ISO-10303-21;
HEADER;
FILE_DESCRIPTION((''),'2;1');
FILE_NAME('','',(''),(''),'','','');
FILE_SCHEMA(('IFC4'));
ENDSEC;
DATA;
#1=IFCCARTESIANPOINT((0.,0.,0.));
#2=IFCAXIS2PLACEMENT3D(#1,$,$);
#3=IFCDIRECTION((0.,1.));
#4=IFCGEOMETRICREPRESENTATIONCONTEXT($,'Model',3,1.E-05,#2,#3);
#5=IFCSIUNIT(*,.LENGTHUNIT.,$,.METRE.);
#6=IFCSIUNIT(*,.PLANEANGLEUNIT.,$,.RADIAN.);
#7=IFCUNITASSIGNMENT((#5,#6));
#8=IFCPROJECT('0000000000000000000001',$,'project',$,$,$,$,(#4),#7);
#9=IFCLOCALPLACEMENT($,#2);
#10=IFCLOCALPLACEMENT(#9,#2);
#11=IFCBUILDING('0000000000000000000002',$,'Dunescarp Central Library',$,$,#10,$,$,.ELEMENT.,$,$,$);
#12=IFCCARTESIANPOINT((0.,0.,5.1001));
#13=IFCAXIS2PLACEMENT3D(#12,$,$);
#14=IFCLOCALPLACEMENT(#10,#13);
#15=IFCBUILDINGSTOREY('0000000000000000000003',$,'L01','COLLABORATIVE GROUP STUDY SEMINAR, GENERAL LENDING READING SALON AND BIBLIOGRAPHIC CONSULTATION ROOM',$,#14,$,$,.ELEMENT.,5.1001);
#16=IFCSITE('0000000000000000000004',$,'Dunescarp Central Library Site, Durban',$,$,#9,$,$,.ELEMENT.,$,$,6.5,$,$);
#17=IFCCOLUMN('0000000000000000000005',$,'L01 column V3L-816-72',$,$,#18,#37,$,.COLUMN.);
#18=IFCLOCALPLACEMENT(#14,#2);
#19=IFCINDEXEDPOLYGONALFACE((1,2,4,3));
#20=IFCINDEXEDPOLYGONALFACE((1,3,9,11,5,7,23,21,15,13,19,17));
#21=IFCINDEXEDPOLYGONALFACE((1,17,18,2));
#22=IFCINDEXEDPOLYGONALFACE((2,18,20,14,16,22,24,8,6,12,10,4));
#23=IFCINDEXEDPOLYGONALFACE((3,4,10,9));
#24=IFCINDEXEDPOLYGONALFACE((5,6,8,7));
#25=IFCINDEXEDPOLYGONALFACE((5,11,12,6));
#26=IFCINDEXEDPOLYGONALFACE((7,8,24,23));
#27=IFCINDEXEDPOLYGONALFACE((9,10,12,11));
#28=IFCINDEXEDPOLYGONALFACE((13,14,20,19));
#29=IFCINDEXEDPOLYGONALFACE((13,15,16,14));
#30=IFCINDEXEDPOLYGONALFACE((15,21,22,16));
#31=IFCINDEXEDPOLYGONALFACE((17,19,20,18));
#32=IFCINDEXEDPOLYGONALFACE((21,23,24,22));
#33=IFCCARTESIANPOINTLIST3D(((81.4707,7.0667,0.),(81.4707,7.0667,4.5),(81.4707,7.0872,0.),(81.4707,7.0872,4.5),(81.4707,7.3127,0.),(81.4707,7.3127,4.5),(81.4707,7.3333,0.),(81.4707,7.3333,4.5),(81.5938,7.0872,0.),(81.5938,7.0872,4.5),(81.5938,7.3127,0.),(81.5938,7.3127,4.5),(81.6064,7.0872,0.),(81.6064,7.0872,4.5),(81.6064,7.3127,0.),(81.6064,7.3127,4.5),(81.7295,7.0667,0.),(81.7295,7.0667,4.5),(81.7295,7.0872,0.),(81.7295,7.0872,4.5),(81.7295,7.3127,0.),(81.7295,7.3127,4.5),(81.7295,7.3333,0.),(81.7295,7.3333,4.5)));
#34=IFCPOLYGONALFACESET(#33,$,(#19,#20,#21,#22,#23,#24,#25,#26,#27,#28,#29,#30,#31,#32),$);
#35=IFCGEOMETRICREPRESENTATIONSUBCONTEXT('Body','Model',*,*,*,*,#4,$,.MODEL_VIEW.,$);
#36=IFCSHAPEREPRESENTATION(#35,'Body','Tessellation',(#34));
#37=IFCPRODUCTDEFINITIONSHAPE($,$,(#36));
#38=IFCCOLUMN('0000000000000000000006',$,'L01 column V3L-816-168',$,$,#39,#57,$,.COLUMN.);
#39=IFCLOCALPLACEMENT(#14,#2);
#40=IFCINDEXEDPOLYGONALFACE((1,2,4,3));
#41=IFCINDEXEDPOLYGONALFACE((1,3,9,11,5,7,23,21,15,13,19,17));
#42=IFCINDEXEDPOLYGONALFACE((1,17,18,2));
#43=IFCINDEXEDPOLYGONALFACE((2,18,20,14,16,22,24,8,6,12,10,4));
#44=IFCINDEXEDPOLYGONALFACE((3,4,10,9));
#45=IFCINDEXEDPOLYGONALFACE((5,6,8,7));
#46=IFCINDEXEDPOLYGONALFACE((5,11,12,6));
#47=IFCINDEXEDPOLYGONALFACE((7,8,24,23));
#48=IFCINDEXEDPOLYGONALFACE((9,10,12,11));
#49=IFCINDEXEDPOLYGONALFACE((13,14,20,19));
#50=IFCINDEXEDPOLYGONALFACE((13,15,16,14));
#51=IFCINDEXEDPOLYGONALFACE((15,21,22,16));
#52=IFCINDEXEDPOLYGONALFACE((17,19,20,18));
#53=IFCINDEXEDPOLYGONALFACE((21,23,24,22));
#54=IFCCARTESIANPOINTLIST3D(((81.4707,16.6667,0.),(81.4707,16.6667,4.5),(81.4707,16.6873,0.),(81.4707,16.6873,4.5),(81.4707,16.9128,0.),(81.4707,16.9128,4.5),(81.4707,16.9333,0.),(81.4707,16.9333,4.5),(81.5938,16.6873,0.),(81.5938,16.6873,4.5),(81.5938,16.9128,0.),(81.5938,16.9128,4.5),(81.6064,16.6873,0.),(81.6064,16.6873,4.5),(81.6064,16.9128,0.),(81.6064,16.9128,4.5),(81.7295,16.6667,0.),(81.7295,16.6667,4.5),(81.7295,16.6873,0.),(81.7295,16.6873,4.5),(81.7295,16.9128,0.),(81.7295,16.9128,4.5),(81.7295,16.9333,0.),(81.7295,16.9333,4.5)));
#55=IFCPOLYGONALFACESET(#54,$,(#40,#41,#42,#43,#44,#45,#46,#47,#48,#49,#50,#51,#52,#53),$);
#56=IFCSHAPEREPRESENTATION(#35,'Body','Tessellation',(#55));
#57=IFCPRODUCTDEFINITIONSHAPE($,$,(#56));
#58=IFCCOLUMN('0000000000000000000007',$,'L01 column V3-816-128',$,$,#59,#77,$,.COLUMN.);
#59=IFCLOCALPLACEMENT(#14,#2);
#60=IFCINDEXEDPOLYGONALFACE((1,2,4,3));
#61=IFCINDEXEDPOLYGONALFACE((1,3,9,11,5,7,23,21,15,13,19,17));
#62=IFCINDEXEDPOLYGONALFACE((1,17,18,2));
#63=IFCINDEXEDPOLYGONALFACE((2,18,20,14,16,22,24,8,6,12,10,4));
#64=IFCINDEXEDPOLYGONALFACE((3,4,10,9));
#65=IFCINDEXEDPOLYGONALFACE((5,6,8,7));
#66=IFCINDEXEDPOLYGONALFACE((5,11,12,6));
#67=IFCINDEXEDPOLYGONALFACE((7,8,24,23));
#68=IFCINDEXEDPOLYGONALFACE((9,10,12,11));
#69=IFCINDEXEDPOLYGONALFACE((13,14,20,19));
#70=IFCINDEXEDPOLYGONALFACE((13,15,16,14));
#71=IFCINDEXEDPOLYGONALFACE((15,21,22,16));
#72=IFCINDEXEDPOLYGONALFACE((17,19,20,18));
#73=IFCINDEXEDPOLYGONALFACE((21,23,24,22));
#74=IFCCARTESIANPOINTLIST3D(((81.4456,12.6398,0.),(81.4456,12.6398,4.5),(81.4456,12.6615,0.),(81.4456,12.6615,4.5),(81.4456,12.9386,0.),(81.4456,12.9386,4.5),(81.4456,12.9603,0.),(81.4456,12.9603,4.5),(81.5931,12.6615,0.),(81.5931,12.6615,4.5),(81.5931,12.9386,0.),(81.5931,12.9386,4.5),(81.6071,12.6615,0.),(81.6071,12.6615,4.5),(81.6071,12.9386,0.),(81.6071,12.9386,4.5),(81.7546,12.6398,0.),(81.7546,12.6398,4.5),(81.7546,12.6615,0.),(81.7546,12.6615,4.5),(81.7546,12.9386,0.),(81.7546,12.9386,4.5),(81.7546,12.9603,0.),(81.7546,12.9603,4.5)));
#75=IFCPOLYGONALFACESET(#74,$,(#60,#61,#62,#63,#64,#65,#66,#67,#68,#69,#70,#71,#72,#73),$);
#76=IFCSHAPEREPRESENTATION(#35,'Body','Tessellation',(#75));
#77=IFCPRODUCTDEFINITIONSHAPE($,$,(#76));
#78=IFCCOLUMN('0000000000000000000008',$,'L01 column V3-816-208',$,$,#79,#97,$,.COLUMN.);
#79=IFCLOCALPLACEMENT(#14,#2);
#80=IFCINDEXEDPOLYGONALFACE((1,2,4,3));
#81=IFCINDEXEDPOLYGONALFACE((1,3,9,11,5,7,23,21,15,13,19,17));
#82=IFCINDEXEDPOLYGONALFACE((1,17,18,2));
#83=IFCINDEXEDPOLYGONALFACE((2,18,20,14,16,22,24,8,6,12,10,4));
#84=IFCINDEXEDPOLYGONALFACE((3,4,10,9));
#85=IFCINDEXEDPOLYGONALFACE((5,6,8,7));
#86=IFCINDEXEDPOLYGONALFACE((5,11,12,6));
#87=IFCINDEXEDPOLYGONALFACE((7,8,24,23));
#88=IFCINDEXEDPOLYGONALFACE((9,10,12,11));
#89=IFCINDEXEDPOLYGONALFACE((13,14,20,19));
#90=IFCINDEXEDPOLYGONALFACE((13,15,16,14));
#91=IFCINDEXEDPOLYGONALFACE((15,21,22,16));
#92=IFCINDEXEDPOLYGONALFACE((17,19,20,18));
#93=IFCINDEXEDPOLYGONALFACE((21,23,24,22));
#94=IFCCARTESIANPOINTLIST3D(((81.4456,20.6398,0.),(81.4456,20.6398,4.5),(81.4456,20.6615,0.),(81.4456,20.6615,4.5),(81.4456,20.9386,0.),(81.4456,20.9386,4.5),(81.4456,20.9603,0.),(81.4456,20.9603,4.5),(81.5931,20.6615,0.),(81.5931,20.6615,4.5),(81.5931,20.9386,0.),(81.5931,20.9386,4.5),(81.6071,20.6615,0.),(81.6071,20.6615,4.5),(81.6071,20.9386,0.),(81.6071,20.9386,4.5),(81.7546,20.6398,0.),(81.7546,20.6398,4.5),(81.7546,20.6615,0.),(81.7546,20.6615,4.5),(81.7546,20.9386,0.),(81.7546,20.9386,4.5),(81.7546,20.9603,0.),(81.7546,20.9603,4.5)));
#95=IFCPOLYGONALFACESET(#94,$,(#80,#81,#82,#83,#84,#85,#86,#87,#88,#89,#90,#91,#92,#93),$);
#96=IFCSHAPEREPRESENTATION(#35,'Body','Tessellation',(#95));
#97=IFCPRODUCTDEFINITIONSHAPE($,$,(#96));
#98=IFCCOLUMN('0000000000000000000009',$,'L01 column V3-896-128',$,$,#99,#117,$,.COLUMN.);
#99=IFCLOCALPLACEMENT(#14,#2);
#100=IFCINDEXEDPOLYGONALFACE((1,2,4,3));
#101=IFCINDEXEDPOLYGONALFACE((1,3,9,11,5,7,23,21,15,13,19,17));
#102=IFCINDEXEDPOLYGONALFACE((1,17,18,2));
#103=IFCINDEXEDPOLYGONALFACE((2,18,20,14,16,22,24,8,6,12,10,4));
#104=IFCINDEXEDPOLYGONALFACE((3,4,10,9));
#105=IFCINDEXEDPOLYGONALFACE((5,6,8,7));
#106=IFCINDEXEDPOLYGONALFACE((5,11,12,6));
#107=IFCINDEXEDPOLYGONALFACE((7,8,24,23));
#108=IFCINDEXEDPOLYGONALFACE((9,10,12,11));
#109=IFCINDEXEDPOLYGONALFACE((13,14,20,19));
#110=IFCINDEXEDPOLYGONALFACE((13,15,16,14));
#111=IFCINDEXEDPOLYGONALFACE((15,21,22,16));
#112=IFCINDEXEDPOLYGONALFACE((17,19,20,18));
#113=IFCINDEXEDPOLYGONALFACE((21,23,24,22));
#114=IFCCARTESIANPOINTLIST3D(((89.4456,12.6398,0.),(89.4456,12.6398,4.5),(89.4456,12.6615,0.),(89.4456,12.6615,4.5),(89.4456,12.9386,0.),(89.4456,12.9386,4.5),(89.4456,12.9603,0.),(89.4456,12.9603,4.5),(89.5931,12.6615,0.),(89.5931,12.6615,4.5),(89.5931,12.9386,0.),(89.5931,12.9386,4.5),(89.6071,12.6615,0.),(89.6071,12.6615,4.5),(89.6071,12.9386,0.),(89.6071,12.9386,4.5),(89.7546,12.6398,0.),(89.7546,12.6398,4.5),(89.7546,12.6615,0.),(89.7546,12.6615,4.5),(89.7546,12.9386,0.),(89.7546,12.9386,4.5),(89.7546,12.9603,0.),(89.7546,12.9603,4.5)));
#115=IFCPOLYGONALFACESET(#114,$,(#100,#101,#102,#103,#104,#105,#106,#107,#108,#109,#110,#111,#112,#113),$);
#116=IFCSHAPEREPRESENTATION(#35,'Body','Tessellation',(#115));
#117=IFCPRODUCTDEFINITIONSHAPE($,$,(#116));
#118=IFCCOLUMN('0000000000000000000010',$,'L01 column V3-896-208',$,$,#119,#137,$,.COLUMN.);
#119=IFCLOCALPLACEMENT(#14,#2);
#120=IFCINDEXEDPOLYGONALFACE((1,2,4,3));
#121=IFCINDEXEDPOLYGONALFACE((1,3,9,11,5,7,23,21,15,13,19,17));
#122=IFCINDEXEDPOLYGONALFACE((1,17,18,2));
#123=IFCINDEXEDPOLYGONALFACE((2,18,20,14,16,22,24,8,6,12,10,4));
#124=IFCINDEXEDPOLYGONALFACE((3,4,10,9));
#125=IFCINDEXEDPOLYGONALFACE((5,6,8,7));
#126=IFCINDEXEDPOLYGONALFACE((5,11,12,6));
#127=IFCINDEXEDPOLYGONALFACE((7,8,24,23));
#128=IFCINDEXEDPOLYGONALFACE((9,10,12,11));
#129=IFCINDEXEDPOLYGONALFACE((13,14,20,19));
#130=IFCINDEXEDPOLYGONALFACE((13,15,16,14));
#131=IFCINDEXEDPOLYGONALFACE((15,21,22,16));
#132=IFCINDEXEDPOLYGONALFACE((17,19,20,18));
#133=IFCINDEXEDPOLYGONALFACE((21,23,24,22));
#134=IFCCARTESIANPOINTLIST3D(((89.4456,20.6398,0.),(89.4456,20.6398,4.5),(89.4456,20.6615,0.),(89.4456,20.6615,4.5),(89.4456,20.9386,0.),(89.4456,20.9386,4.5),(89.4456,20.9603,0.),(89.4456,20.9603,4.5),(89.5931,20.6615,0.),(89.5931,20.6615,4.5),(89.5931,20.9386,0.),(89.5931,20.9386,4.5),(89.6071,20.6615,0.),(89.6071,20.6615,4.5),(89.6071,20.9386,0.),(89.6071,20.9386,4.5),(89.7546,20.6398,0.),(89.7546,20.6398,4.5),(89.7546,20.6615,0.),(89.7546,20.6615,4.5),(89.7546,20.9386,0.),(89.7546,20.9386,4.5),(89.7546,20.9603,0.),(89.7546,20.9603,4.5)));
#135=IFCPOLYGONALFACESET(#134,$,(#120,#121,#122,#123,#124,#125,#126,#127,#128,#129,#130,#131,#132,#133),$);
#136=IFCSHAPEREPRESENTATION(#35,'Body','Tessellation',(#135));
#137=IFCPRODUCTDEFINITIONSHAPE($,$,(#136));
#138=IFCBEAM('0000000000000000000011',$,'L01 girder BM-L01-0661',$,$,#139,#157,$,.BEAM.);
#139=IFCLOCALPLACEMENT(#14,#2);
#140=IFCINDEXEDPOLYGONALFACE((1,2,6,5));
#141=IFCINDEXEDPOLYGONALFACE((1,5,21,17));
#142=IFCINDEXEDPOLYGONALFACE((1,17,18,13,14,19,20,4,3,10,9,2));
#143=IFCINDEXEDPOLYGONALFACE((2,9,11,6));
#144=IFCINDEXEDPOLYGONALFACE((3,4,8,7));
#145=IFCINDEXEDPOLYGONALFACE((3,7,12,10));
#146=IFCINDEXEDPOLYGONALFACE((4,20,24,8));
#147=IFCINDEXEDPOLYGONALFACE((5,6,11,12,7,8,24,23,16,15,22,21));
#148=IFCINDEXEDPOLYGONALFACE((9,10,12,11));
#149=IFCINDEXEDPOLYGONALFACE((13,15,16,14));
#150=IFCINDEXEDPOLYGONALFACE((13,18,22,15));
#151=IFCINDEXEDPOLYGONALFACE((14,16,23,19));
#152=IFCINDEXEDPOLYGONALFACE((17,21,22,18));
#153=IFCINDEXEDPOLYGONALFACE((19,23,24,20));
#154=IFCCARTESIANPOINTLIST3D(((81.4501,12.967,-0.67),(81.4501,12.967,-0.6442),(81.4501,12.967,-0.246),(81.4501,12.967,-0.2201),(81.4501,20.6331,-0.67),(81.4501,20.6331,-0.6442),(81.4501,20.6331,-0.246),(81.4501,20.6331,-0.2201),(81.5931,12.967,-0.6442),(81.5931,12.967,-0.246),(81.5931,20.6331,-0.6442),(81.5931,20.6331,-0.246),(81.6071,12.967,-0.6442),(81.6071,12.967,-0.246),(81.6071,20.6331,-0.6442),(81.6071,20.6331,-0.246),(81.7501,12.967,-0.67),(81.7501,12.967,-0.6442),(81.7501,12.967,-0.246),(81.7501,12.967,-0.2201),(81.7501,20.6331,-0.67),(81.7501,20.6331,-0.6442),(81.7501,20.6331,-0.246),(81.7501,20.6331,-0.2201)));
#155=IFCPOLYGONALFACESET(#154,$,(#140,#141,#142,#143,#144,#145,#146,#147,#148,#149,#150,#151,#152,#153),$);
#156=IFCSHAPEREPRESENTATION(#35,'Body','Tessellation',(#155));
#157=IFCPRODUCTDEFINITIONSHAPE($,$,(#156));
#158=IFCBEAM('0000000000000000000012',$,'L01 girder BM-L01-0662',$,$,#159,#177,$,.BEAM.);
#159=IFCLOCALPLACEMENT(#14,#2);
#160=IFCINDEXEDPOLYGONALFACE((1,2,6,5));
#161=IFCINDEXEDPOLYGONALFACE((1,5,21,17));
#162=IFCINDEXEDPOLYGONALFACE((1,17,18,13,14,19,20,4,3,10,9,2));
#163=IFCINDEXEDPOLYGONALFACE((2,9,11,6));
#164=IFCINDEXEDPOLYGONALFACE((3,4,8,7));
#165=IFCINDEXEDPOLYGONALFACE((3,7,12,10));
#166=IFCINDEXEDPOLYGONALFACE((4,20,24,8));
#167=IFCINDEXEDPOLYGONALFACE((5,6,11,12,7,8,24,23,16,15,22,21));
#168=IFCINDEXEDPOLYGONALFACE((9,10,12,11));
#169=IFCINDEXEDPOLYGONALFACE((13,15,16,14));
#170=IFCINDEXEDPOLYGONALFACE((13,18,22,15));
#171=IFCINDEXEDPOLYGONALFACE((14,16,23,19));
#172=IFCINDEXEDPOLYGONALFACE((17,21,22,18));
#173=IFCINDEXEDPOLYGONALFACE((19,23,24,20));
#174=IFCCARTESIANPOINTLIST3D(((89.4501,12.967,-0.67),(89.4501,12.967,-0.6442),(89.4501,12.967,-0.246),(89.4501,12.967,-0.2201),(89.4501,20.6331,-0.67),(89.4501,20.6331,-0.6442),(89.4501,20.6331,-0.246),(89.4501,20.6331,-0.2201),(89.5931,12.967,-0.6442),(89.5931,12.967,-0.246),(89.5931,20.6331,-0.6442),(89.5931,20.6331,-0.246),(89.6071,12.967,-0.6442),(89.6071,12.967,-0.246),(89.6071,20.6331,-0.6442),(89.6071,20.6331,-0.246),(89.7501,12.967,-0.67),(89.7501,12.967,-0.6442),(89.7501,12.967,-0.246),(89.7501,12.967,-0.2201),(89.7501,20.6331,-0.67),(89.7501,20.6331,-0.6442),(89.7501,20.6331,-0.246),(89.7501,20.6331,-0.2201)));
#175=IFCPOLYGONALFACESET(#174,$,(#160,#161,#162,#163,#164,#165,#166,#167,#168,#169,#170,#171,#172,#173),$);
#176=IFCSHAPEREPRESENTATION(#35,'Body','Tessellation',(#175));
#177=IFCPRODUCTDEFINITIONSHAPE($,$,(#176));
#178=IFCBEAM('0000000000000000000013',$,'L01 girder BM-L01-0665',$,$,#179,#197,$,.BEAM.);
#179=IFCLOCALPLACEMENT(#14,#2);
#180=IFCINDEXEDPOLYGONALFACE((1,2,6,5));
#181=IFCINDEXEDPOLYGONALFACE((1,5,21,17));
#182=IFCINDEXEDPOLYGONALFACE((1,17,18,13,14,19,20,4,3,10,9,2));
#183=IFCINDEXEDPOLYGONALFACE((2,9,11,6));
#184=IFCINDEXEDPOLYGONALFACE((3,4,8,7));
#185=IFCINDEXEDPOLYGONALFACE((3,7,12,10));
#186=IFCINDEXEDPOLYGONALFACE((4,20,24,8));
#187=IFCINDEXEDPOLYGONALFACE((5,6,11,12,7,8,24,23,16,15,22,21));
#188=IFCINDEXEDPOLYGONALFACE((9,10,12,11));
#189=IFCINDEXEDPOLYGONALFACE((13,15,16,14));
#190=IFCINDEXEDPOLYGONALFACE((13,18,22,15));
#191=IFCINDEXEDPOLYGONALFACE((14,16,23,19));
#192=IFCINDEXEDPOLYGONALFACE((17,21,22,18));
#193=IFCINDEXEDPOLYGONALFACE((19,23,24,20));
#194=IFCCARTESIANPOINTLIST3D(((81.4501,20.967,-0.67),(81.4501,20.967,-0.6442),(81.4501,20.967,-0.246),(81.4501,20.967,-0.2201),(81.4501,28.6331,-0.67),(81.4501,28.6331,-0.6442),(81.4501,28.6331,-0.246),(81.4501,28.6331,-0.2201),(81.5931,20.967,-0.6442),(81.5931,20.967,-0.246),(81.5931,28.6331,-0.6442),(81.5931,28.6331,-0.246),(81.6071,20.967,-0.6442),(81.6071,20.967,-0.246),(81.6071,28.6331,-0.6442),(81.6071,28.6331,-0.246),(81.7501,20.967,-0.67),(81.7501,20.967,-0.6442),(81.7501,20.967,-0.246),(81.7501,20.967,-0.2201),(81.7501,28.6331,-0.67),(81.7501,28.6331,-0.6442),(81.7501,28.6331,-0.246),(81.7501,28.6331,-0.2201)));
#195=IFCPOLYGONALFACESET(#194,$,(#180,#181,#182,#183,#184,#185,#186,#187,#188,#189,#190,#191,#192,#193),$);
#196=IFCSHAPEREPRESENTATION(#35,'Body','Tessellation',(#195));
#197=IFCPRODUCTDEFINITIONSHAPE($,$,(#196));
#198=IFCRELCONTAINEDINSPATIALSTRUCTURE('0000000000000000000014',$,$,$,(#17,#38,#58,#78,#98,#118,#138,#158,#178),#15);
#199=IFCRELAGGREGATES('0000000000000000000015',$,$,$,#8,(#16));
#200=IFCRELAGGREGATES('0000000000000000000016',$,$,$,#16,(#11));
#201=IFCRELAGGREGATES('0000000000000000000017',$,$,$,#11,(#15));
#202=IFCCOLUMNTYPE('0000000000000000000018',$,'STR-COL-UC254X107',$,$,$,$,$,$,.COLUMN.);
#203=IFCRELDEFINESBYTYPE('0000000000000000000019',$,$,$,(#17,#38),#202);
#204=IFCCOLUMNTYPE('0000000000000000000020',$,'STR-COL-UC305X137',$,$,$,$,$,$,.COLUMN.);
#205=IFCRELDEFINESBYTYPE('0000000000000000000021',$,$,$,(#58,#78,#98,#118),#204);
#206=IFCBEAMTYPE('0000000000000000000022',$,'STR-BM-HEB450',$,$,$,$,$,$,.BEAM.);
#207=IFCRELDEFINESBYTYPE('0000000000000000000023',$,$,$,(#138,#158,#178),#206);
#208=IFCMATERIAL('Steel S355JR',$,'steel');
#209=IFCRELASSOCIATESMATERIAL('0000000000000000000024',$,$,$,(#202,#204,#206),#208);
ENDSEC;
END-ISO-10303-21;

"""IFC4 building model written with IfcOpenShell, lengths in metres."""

from ifc_helpers import new_model, si_unit, direction, frame, origin, origin_2d, place, context, subcontext, project, spatial, i_section, extrude, material, material_profile, profile_set, type_object, element, save


model = new_model("IFC4")

# Units and contexts
model_context = context("Model", 3, precision=1e-05, world=origin(), true_north=direction((0.0, 1.0)))
body_context = subcontext(model_context, "Body", "Model", "MODEL_VIEW")
ifc_project = project(units=[si_unit("LENGTHUNIT", "METRE"), si_unit("PLANEANGLEUNIT", "RADIAN")], contexts=[model_context])

# Site, building, storey
site_placement = place(None, origin())
site = spatial("IfcSite", under=ifc_project, at=site_placement, Name="Dunescarp Central Library Site, Durban", CompositionType="ELEMENT", RefElevation=6.5)
building_placement = place(site_placement, origin())
building = spatial("IfcBuilding", under=site, at=building_placement, Name="Dunescarp Central Library", CompositionType="ELEMENT")
storey_placement = place(building_placement, frame((0.0, 0.0, 5.1001)))
storey = spatial("IfcBuildingStorey", under=building, at=storey_placement, Name="L01", Description="COLLABORATIVE GROUP STUDY SEMINAR, GENERAL LENDING READING SALON AND BIBLIOGRAPHIC CONSULTATION ROOM", CompositionType="ELEMENT", Elevation=5.1001)

# Columns
ifc_material_1 = material(Name="Steel S355JR", Category="steel")
ifc_material_profile_1 = material_profile(ifc_material_1, i_section(OverallWidth=0.2588, OverallDepth=0.2666, WebThickness=0.0127, FlangeThickness=0.0205, at=origin_2d()), Name="UC 254x254x107")
ifc_profile_set_1 = profile_set([ifc_material_profile_1], Name="Steel S355JR")
column_type_1 = type_object("IfcColumnType", Name="STR-COL-UC254X107", PredefinedType="COLUMN", material=ifc_profile_set_1)
for number, where, z_axis, x_axis, name in (
    (1, (81.6001, 7.2, 0.0), (0.0, 0.0, 1.0), (1.0, 0.0, 0.0), "L01 column V3L-816-72"),
    (2, (81.6001, 16.8, 0.0), (0.0, 0.0, 1.0), (1.0, 0.0, 0.0), "L01 column V3L-816-168"),
):
    element("IfcColumn", number, at=place(storey_placement, frame(where, z_axis=z_axis, x_axis=x_axis)), inside=storey, type_object=column_type_1, Name=name, PredefinedType="COLUMN", context=body_context, shape_type="SweptSolid", body=[
        extrude(i_section(OverallWidth=0.2588, OverallDepth=0.2666, WebThickness=0.0127, FlangeThickness=0.0205, at=origin_2d()), origin(), (0.0, 0.0, 1.0), 4.5),
    ])
ifc_material_profile_2 = material_profile(ifc_material_1, i_section(OverallWidth=0.3091, OverallDepth=0.3206, WebThickness=0.0139, FlangeThickness=0.0217, at=origin_2d()), Name="UC 305x305x137")
ifc_profile_set_2 = profile_set([ifc_material_profile_2], Name="Steel S355JR")
column_type_2 = type_object("IfcColumnType", Name="STR-COL-UC305X137", PredefinedType="COLUMN", material=ifc_profile_set_2)
for number, where, z_axis, x_axis, name in (
    (3, (81.6001, 12.8, 0.0), (0.0, 0.0, 1.0), (1.0, 0.0, 0.0), "L01 column V3-816-128"),
    (4, (81.6001, 20.8, 0.0), (0.0, 0.0, 1.0), (1.0, 0.0, 0.0), "L01 column V3-816-208"),
    (5, (89.6001, 12.8, 0.0), (0.0, 0.0, 1.0), (1.0, 0.0, 0.0), "L01 column V3-896-128"),
    (6, (89.6001, 20.8, 0.0), (0.0, 0.0, 1.0), (1.0, 0.0, 0.0), "L01 column V3-896-208"),
):
    element("IfcColumn", number, at=place(storey_placement, frame(where, z_axis=z_axis, x_axis=x_axis)), inside=storey, type_object=column_type_2, Name=name, PredefinedType="COLUMN", context=body_context, shape_type="SweptSolid", body=[
        extrude(i_section(OverallWidth=0.3091, OverallDepth=0.3206, WebThickness=0.0139, FlangeThickness=0.0217, at=origin_2d()), origin(), (0.0, 0.0, 1.0), 4.5),
    ])

# Beams
ifc_material_profile_3 = material_profile(ifc_material_1, i_section(OverallWidth=0.3, OverallDepth=0.45, WebThickness=0.0139, FlangeThickness=0.0259, at=origin_2d()), Name="HEB 450")
ifc_profile_set_3 = profile_set([ifc_material_profile_3], Name="Steel S355JR")
beam_type_1 = type_object("IfcBeamType", Name="STR-BM-HEB450", PredefinedType="BEAM", material=ifc_profile_set_3)
for number, where, z_axis, x_axis, name in (
    (7, (81.6001, 12.967, -0.4451), (0.0, 1.0, 0.0), (-1.0, 0.0, 0.0), "L01 girder BM-L01-0661"),
    (8, (89.6001, 12.967, -0.4451), (0.0, 1.0, 0.0), (-1.0, 0.0, 0.0), "L01 girder BM-L01-0662"),
    (9, (81.6001, 20.967, -0.4451), (0.0, 1.0, 0.0), (-1.0, 0.0, 0.0), "L01 girder BM-L01-0665"),
):
    element("IfcBeam", number, at=place(storey_placement, frame(where, z_axis=z_axis, x_axis=x_axis)), inside=storey, type_object=beam_type_1, Name=name, PredefinedType="BEAM", context=body_context, shape_type="SweptSolid", body=[
        extrude(i_section(OverallWidth=0.3, OverallDepth=0.45, WebThickness=0.0139, FlangeThickness=0.0259, at=origin_2d()), origin(), (0.0, 0.0, 1.0), 7.666),
    ])

save(model, "model.ifc")
